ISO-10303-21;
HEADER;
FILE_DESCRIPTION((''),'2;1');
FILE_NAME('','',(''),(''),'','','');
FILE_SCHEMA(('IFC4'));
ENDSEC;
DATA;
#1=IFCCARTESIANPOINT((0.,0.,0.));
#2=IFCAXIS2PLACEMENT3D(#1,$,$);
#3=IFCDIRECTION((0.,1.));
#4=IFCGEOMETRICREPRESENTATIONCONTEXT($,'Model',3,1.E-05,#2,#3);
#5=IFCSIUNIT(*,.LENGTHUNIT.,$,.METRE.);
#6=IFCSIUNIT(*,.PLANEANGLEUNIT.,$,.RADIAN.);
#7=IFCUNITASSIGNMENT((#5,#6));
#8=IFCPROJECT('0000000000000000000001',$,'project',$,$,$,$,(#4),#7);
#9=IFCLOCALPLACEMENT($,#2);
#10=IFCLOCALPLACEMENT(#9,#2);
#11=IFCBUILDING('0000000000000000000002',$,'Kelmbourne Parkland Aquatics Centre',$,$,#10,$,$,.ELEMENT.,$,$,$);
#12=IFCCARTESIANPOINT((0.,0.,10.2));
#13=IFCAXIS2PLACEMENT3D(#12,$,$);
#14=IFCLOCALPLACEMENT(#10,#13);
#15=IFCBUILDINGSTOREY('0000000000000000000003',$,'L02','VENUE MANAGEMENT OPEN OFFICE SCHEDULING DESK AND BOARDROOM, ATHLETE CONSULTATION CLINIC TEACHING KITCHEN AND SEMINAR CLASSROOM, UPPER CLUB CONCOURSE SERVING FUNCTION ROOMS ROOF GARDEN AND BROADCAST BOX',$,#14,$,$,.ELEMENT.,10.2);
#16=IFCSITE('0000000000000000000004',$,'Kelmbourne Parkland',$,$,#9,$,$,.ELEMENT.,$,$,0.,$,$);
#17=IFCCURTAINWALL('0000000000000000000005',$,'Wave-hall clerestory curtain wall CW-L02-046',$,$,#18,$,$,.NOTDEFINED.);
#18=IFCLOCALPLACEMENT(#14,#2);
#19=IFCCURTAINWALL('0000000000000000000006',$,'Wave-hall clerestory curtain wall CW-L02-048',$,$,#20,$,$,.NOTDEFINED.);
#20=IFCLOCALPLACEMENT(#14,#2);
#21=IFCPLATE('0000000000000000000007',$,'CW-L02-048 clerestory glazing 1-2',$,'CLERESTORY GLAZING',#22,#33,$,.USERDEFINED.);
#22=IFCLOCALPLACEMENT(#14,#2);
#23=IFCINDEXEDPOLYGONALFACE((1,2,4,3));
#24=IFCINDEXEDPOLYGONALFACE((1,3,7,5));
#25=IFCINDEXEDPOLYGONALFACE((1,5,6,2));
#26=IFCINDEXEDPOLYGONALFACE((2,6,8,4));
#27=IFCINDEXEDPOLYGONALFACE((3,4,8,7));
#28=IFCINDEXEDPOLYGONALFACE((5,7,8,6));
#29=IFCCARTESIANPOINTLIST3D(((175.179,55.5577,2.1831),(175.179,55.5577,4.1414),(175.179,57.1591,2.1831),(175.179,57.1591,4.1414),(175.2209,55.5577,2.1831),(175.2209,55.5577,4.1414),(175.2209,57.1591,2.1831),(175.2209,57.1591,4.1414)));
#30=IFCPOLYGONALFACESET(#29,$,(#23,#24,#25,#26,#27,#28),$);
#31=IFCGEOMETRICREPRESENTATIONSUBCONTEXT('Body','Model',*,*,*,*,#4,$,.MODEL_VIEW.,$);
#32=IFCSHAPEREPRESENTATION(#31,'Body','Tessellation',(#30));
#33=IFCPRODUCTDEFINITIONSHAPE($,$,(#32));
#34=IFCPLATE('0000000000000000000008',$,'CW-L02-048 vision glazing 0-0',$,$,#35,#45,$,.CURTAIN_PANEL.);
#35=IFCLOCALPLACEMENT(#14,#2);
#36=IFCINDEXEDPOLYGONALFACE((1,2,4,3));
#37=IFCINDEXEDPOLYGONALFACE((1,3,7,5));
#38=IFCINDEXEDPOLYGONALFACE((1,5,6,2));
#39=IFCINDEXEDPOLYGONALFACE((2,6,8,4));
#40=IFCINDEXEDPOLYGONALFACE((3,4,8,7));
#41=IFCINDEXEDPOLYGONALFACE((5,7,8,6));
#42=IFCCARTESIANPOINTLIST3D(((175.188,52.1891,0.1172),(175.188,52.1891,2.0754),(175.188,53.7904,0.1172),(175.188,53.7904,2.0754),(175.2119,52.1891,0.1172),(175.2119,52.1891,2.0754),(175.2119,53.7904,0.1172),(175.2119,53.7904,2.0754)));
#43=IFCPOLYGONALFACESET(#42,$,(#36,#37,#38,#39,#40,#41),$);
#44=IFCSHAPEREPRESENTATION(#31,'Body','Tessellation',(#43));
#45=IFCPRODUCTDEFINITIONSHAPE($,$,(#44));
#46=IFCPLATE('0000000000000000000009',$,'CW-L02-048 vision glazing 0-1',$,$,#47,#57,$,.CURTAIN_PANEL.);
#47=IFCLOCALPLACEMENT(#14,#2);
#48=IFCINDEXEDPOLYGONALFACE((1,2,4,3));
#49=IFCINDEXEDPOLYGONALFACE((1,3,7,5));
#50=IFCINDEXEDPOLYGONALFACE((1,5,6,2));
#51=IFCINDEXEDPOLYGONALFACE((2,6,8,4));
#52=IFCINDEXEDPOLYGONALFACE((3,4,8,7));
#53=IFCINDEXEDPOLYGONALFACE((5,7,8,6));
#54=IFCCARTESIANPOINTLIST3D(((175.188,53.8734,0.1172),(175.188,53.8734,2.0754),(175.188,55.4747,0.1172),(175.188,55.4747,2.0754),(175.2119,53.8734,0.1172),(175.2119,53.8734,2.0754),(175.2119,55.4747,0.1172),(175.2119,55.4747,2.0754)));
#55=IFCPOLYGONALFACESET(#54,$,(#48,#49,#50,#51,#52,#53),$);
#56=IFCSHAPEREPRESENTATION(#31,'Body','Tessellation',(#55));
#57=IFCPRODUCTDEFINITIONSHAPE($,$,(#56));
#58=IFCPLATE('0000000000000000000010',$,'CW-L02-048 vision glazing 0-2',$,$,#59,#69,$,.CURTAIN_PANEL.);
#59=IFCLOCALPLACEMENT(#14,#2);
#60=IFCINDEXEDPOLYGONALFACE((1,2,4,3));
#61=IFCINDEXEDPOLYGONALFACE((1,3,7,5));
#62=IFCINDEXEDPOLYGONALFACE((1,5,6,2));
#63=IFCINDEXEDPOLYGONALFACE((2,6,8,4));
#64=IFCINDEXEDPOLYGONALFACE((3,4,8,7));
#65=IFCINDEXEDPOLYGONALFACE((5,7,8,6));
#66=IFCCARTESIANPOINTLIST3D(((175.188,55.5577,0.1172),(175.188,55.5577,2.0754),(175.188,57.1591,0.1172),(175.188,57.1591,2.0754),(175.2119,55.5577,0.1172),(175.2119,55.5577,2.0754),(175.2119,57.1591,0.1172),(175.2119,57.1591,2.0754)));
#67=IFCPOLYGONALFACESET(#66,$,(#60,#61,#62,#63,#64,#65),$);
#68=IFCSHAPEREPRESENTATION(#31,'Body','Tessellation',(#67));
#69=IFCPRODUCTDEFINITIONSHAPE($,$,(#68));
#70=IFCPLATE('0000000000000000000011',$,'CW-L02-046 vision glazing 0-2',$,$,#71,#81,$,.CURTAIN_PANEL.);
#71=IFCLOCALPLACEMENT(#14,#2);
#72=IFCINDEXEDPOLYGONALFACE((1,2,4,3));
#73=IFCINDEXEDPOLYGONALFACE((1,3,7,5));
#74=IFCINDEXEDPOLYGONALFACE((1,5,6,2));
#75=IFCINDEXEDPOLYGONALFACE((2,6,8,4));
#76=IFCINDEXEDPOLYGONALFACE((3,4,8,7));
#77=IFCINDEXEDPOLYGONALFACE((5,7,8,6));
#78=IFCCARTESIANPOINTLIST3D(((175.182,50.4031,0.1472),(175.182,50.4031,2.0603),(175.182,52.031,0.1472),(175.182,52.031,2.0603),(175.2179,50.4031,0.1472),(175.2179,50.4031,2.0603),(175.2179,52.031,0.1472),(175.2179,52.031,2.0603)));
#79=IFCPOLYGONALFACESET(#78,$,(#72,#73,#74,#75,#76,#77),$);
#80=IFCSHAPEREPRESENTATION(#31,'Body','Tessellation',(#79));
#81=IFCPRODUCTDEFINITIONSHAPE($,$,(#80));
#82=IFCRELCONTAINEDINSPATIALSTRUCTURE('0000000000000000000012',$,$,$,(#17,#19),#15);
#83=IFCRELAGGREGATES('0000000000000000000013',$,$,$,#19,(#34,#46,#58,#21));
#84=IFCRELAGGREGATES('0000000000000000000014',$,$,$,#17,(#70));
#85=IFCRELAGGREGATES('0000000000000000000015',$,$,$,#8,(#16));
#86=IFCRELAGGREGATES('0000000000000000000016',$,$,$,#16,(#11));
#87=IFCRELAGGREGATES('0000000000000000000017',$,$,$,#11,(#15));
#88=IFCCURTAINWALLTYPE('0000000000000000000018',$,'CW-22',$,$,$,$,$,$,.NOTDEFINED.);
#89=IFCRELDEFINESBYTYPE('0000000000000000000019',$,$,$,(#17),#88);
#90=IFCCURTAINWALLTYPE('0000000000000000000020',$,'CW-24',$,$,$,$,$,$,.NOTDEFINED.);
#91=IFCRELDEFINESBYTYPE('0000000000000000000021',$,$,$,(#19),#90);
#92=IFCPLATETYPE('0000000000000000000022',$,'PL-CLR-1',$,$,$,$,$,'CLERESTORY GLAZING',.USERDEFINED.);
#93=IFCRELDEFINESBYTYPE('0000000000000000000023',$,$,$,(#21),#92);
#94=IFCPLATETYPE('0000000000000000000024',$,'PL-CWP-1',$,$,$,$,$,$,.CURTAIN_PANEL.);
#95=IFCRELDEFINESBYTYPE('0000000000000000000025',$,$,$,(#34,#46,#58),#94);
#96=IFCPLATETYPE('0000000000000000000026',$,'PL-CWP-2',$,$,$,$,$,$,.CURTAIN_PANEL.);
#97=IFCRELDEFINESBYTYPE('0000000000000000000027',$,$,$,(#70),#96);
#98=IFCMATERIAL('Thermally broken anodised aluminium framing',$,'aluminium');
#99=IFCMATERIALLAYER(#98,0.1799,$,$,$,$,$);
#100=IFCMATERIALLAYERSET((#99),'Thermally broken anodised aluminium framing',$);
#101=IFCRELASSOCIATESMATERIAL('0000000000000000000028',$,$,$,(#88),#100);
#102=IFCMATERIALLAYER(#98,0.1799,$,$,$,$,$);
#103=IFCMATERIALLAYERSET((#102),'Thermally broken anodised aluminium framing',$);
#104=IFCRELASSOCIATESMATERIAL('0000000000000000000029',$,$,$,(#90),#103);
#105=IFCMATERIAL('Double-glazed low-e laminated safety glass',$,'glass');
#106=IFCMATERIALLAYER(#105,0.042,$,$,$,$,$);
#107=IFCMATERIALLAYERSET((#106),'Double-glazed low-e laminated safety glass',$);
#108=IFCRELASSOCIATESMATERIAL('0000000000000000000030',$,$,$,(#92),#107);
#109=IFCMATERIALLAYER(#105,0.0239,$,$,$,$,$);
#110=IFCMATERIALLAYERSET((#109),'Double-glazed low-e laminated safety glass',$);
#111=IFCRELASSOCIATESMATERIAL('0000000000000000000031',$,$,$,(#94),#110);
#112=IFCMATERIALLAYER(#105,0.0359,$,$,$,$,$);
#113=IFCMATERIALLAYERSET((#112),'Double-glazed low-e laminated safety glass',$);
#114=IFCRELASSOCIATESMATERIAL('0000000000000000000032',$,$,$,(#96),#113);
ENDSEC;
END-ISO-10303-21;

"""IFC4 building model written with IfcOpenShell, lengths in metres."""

from ifc_helpers import new_model, si_unit, direction, frame, origin, origin_2d, place, context, subcontext, project, spatial, rectangle, extrude, material, layer, layer_set, type_object, element, aggregate, save


model = new_model("IFC4")

# Units and contexts
model_context = context("Model", 3, precision=1e-05, world=origin(), true_north=direction((0.0, 1.0)))
body_context = subcontext(model_context, "Body", "Model", "MODEL_VIEW")
ifc_project = project(units=[si_unit("LENGTHUNIT", "METRE"), si_unit("PLANEANGLEUNIT", "RADIAN")], contexts=[model_context])

# Site, building, storey
site_placement = place(None, origin())
site = spatial("IfcSite", under=ifc_project, at=site_placement, Name="Kelmbourne Parkland", CompositionType="ELEMENT", RefElevation=0.0)
building_placement = place(site_placement, origin())
building = spatial("IfcBuilding", under=site, at=building_placement, Name="Kelmbourne Parkland Aquatics Centre", CompositionType="ELEMENT")
storey_placement = place(building_placement, frame((0.0, 0.0, 10.2)))
storey = spatial("IfcBuildingStorey", under=building, at=storey_placement, Name="L02", Description="VENUE MANAGEMENT OPEN OFFICE SCHEDULING DESK AND BOARDROOM, ATHLETE CONSULTATION CLINIC TEACHING KITCHEN AND SEMINAR CLASSROOM, UPPER CLUB CONCOURSE SERVING FUNCTION ROOMS ROOF GARDEN AND BROADCAST BOX", CompositionType="ELEMENT", Elevation=10.2)

# Curtain walls
ifc_material_1 = material(Name="Thermally broken anodised aluminium framing", Category="aluminium")
ifc_layer_1 = layer(ifc_material_1, 0.1799)
ifc_layer_set_1 = layer_set([ifc_layer_1], Name="Thermally broken anodised aluminium framing")
curtain_wall_type_1 = type_object("IfcCurtainWallType", Name="CW-22", PredefinedType="NOTDEFINED", material=ifc_layer_set_1)
curtain_wall_1_placement = place(storey_placement, origin())
curtain_wall_1 = element("IfcCurtainWall", 1, at=curtain_wall_1_placement, inside=storey, type_object=curtain_wall_type_1, Name="Wave-hall clerestory curtain wall CW-L02-046", PredefinedType="NOTDEFINED")
ifc_layer_2 = layer(ifc_material_1, 0.1799)
ifc_layer_set_2 = layer_set([ifc_layer_2], Name="Thermally broken anodised aluminium framing")
curtain_wall_type_2 = type_object("IfcCurtainWallType", Name="CW-24", PredefinedType="NOTDEFINED", material=ifc_layer_set_2)
curtain_wall_2_placement = place(storey_placement, origin())
curtain_wall_2 = element("IfcCurtainWall", 2, at=curtain_wall_2_placement, inside=storey, type_object=curtain_wall_type_2, Name="Wave-hall clerestory curtain wall CW-L02-048", PredefinedType="NOTDEFINED")

# Plates
ifc_material_2 = material(Name="Double-glazed low-e laminated safety glass", Category="glass")
ifc_layer_3 = layer(ifc_material_2, 0.042)
ifc_layer_set_3 = layer_set([ifc_layer_3], Name="Double-glazed low-e laminated safety glass")
plate_type_1 = type_object("IfcPlateType", Name="PL-CLR-1", ElementType="CLERESTORY GLAZING", PredefinedType="USERDEFINED", material=ifc_layer_set_3)
plate_1_placement = place(storey_placement, frame((175.2, 56.3584, 2.1831), z_axis=(0.0, 0.0, 1.0), x_axis=(0.0, 1.0, 0.0)))
plate_1 = element("IfcPlate", 3, at=plate_1_placement, type_object=plate_type_1, Name="CW-L02-048 clerestory glazing 1-2", ObjectType="CLERESTORY GLAZING", PredefinedType="USERDEFINED", context=body_context, shape_type="SweptSolid", body=[
    extrude(rectangle(XDim=1.6013, YDim=0.042, at=origin_2d()), origin(), (0.0, 0.0, 1.0), 1.9583),
])
ifc_layer_4 = layer(ifc_material_2, 0.0239)
ifc_layer_set_4 = layer_set([ifc_layer_4], Name="Double-glazed low-e laminated safety glass")
plate_type_2 = type_object("IfcPlateType", Name="PL-CWP-1", PredefinedType="CURTAIN_PANEL", material=ifc_layer_set_4)
plate_2_placement = place(storey_placement, frame((175.2, 52.9897, 0.1172), z_axis=(0.0, 0.0, 1.0), x_axis=(0.0, 1.0, 0.0)))
plate_2 = element("IfcPlate", 4, at=plate_2_placement, type_object=plate_type_2, Name="CW-L02-048 vision glazing 0-0", PredefinedType="CURTAIN_PANEL", context=body_context, shape_type="SweptSolid", body=[
    extrude(rectangle(XDim=1.6013, YDim=0.0239, at=origin_2d()), origin(), (0.0, 0.0, 1.0), 1.9583),
])
plate_3_placement = place(storey_placement, frame((175.2, 54.6741, 0.1172), z_axis=(0.0, 0.0, 1.0), x_axis=(0.0, 1.0, 0.0)))
plate_3 = element("IfcPlate", 5, at=plate_3_placement, type_object=plate_type_2, Name="CW-L02-048 vision glazing 0-1", PredefinedType="CURTAIN_PANEL", context=body_context, shape_type="SweptSolid", body=[
    extrude(rectangle(XDim=1.6013, YDim=0.0239, at=origin_2d()), origin(), (0.0, 0.0, 1.0), 1.9583),
])
plate_4_placement = place(storey_placement, frame((175.2, 56.3584, 0.1172), z_axis=(0.0, 0.0, 1.0), x_axis=(0.0, 1.0, 0.0)))
plate_4 = element("IfcPlate", 6, at=plate_4_placement, type_object=plate_type_2, Name="CW-L02-048 vision glazing 0-2", PredefinedType="CURTAIN_PANEL", context=body_context, shape_type="SweptSolid", body=[
    extrude(rectangle(XDim=1.6013, YDim=0.0239, at=origin_2d()), origin(), (0.0, 0.0, 1.0), 1.9583),
])
aggregate(curtain_wall_2, [plate_2, plate_3, plate_4, plate_1])
ifc_layer_5 = layer(ifc_material_2, 0.0359)
ifc_layer_set_5 = layer_set([ifc_layer_5], Name="Double-glazed low-e laminated safety glass")
plate_type_3 = type_object("IfcPlateType", Name="PL-CWP-2", PredefinedType="CURTAIN_PANEL", material=ifc_layer_set_5)
plate_5_placement = place(storey_placement, frame((175.2, 51.217, 0.1472), z_axis=(0.0, 0.0, 1.0), x_axis=(0.0, 1.0, 0.0)))
plate_5 = element("IfcPlate", 7, at=plate_5_placement, type_object=plate_type_3, Name="CW-L02-046 vision glazing 0-2", PredefinedType="CURTAIN_PANEL", context=body_context, shape_type="SweptSolid", body=[
    extrude(rectangle(XDim=1.6279, YDim=0.0359, at=origin_2d()), origin(), (0.0, 0.0, 1.0), 1.9131),
])
aggregate(curtain_wall_1, [plate_5])

save(model, "model.ifc")
